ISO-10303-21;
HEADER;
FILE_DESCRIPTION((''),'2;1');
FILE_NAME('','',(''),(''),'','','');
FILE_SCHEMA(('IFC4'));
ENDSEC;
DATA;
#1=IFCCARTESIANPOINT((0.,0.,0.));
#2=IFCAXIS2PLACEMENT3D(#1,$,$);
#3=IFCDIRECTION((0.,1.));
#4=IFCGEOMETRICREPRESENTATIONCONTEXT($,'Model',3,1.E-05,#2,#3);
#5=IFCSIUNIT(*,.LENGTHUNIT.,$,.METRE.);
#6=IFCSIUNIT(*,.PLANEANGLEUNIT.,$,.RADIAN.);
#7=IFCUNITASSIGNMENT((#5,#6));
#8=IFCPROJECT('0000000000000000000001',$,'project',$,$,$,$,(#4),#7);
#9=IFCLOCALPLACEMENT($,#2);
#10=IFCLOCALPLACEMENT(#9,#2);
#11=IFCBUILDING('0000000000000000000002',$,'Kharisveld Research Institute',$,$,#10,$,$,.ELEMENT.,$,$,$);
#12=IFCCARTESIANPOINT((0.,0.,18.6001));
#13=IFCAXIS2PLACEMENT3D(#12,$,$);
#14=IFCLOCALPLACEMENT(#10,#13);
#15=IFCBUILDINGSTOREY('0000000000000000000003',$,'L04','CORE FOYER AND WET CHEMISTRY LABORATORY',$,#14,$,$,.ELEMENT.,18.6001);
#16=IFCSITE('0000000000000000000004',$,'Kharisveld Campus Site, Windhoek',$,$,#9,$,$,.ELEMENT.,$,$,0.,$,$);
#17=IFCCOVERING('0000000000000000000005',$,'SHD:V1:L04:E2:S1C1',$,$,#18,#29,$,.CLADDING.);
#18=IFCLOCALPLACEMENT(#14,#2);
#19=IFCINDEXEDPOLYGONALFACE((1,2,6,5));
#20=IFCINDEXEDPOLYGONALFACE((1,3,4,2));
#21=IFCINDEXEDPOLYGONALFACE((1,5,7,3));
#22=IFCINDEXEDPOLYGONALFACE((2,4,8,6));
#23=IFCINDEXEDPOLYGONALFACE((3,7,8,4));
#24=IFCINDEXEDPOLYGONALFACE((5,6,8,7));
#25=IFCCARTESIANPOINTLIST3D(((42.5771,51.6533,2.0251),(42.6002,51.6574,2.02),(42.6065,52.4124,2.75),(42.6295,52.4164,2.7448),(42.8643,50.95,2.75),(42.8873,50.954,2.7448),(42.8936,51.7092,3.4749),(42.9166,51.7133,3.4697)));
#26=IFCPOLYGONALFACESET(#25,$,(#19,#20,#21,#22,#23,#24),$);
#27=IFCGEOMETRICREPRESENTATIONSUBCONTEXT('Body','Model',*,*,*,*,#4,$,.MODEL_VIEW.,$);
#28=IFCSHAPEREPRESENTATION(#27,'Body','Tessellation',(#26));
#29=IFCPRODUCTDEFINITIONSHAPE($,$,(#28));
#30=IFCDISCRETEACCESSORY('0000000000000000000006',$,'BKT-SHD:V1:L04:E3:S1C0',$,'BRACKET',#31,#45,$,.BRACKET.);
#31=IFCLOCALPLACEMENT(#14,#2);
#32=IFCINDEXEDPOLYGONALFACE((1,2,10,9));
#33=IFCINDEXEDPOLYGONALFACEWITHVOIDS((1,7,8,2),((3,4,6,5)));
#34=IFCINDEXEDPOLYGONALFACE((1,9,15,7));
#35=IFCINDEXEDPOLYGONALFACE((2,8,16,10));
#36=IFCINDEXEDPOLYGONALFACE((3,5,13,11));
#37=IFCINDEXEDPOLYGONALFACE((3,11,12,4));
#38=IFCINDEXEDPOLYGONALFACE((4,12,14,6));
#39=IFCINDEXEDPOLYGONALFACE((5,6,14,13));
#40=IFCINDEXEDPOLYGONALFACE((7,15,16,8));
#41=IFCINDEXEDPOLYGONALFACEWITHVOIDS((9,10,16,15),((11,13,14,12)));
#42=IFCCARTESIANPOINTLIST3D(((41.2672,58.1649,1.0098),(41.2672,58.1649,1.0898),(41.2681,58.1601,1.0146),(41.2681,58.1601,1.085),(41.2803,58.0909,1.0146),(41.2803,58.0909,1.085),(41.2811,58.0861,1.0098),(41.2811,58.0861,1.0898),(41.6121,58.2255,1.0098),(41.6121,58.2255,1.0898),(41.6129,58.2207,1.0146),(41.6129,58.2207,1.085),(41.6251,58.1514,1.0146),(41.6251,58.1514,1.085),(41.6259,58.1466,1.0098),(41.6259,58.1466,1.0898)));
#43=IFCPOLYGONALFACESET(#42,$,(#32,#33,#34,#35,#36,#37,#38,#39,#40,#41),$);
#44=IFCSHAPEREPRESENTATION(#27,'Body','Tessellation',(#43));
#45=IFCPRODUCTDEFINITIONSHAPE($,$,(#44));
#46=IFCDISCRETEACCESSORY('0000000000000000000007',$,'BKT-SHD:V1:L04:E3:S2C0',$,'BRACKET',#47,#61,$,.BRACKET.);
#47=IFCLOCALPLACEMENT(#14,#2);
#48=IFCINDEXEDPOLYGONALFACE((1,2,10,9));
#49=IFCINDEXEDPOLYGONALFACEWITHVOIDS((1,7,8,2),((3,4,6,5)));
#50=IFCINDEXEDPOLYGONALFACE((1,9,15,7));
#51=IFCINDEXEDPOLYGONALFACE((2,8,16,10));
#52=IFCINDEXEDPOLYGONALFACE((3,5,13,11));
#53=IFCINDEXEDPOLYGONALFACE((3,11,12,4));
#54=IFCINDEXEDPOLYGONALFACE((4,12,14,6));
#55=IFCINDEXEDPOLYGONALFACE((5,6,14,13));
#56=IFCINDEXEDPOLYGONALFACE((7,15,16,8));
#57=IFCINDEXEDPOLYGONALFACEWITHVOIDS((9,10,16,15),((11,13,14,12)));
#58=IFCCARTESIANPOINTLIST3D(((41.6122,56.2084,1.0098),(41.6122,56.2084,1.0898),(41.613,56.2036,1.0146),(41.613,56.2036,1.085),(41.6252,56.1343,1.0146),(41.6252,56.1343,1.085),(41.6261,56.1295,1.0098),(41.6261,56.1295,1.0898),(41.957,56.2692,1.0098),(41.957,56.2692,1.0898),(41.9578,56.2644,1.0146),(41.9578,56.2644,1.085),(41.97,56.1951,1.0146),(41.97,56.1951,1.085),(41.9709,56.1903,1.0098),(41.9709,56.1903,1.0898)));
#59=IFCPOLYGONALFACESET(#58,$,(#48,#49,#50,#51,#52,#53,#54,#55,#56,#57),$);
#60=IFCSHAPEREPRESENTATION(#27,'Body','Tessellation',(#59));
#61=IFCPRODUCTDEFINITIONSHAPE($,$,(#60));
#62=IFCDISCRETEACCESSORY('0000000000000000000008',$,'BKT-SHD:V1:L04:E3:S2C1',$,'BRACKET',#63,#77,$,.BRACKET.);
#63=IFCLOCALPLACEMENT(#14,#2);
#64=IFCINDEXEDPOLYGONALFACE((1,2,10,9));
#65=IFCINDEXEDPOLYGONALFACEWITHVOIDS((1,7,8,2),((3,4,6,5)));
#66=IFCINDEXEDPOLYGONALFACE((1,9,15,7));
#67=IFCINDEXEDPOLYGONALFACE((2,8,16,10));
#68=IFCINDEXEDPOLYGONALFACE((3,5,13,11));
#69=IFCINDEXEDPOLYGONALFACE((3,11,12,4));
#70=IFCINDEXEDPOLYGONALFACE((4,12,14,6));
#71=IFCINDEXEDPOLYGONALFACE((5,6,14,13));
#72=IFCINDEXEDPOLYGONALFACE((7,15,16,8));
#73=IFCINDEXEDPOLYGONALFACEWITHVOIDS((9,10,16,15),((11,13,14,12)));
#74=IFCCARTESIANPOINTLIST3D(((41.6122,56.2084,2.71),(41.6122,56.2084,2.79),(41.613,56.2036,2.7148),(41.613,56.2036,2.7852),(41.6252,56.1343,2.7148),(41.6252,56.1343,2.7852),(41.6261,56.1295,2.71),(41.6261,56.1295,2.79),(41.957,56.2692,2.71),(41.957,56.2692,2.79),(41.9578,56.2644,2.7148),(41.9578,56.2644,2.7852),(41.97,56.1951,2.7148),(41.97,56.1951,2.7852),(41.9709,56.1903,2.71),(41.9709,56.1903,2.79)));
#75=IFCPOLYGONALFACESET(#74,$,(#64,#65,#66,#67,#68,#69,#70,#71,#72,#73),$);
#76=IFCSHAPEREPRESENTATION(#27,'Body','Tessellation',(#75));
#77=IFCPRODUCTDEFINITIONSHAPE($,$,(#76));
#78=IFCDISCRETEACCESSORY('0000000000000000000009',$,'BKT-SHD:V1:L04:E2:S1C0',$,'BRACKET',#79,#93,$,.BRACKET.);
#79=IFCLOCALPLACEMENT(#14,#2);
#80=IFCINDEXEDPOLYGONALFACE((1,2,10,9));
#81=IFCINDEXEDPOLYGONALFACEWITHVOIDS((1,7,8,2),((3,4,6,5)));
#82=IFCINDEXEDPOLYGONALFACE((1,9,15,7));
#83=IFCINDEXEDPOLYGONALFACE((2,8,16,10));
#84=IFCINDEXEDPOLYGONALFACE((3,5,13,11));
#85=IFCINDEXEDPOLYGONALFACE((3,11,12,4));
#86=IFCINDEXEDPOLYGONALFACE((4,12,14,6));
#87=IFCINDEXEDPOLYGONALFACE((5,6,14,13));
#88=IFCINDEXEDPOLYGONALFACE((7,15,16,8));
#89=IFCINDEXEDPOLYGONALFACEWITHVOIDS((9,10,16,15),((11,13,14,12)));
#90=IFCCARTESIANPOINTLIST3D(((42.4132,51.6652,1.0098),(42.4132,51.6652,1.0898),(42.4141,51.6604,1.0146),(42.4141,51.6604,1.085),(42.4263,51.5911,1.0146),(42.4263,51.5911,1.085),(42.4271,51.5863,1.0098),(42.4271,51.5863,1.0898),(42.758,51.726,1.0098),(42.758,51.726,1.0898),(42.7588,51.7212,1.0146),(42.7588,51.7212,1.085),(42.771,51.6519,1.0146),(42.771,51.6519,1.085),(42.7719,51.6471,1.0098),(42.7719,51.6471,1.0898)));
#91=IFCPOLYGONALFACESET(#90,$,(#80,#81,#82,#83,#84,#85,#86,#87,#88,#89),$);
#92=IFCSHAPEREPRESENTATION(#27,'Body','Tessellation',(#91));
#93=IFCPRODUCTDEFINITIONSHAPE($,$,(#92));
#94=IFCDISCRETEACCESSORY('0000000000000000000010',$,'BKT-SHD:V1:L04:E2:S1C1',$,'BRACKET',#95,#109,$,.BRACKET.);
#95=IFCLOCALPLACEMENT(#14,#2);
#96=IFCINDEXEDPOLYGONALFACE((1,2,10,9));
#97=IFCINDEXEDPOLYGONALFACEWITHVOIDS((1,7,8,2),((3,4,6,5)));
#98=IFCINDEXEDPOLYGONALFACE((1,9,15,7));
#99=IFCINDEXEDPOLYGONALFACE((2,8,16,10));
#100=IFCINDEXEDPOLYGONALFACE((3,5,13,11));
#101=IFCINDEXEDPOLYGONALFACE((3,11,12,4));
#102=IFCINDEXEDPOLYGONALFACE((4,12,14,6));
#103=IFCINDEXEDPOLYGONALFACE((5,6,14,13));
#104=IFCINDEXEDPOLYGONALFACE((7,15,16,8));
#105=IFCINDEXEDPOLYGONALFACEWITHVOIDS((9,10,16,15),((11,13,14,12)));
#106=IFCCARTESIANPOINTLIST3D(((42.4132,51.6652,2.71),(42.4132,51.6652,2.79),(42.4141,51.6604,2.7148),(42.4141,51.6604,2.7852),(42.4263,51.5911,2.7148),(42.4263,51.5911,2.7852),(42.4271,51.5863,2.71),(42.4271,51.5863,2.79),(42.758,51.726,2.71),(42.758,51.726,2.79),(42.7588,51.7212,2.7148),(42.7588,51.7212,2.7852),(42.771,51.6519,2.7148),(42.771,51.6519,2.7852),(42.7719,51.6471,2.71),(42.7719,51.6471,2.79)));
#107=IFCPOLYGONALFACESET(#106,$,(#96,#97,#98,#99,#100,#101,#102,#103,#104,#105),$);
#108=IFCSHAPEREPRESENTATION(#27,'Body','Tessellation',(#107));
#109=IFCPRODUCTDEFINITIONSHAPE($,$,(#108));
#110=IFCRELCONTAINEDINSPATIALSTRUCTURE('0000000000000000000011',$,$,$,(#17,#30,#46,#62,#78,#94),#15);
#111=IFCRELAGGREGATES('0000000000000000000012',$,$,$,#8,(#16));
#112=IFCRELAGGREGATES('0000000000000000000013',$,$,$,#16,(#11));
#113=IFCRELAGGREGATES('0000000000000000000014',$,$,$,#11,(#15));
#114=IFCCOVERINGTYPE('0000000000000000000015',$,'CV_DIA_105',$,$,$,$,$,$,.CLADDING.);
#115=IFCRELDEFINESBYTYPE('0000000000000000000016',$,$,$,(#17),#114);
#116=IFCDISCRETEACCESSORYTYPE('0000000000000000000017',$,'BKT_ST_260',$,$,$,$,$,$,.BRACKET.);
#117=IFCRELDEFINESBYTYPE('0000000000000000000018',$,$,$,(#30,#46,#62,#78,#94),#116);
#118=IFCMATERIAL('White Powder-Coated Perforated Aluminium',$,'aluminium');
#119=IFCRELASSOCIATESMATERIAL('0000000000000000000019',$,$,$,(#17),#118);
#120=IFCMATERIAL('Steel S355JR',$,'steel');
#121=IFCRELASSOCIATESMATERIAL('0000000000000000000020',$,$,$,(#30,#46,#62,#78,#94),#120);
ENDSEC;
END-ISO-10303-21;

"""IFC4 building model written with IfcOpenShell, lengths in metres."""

from ifc_helpers import new_model, si_unit, direction, frame, origin, origin_2d, place, context, subcontext, project, spatial, polyline, hollow_rectangle, outline, extrude, material, type_object, element, save


model = new_model("IFC4")

# Units and contexts
model_context = context("Model", 3, precision=1e-05, world=origin(), true_north=direction((0.0, 1.0)))
body_context = subcontext(model_context, "Body", "Model", "MODEL_VIEW")
ifc_project = project(units=[si_unit("LENGTHUNIT", "METRE"), si_unit("PLANEANGLEUNIT", "RADIAN")], contexts=[model_context])

# Site, building, storey
site_placement = place(None, origin())
site = spatial("IfcSite", under=ifc_project, at=site_placement, Name="Kharisveld Campus Site, Windhoek", CompositionType="ELEMENT", RefElevation=0.0)
building_placement = place(site_placement, origin())
building = spatial("IfcBuilding", under=site, at=building_placement, Name="Kharisveld Research Institute", CompositionType="ELEMENT")
storey_placement = place(building_placement, frame((0.0, 0.0, 18.6001)))
storey = spatial("IfcBuildingStorey", under=building, at=storey_placement, Name="L04", Description="CORE FOYER AND WET CHEMISTRY LABORATORY", CompositionType="ELEMENT", Elevation=18.6001)

# Covering
ifc_material_1 = material(Name="White Powder-Coated Perforated Aluminium", Category="aluminium")
covering_type = type_object("IfcCoveringType", Name="CV_DIA_105", PredefinedType="CLADDING")
for number, where, z_axis, x_axis, name in (
    (1, (42.5771, 51.6533, 2.0251), (-0.961481, -0.169503, 0.216385), (0.273447, -0.66985, 0.69031), "SHD:V1:L04:E2:S1C1"),
):
    element("IfcCovering", number, at=place(storey_placement, frame(where, z_axis=z_axis, x_axis=x_axis)), inside=storey, type_object=covering_type, material=ifc_material_1, Name=name, PredefinedType="CLADDING", context=body_context, shape_type="SweptSolid", body=[
        extrude(outline(polyline([(0.0, 0.0), (1.05, 0.0), (1.0498, 1.0501), (-0.0001, 1.05), (0.0, 0.0)])), origin(), (0.0, 0.0, -1.0), 0.0239),
    ])

# Discrete accessories
ifc_material_2 = material(Name="Steel S355JR", Category="steel")
discrete_accessory_type = type_object("IfcDiscreteAccessoryType", Name="BKT_ST_260", PredefinedType="BRACKET")
for number, where, z_axis, x_axis, name in (
    (2, (41.2742, 58.1255, 1.0498), (0.984924, 0.172989, 0.0), (-0.172989, 0.984924, 0.0), "BKT-SHD:V1:L04:E3:S1C0"),
    (3, (41.6191, 56.1689, 1.0498), (0.984805, 0.173666, 0.0), (-0.173666, 0.984805, 0.0), "BKT-SHD:V1:L04:E3:S2C0"),
    (4, (41.6191, 56.1689, 2.75), (0.984805, 0.173666, 0.0), (-0.173666, 0.984805, 0.0), "BKT-SHD:V1:L04:E3:S2C1"),
    (5, (42.4202, 51.6257, 1.0498), (0.984805, 0.173666, 0.0), (-0.173666, 0.984805, 0.0), "BKT-SHD:V1:L04:E2:S1C0"),
    (6, (42.4202, 51.6257, 2.75), (0.984805, 0.173666, 0.0), (-0.173666, 0.984805, 0.0), "BKT-SHD:V1:L04:E2:S1C1"),
):
    element("IfcDiscreteAccessory", number, at=place(storey_placement, frame(where, z_axis=z_axis, x_axis=x_axis)), inside=storey, type_object=discrete_accessory_type, material=ifc_material_2, Name=name, ObjectType="BRACKET", PredefinedType="BRACKET", context=body_context, shape_type="SweptSolid", body=[
        extrude(hollow_rectangle(XDim=0.0801, YDim=0.0801, WallThickness=0.0049, at=origin_2d()), origin(), (0.0, 0.0, 1.0), 0.3501),
    ])

save(model, "model.ifc")
